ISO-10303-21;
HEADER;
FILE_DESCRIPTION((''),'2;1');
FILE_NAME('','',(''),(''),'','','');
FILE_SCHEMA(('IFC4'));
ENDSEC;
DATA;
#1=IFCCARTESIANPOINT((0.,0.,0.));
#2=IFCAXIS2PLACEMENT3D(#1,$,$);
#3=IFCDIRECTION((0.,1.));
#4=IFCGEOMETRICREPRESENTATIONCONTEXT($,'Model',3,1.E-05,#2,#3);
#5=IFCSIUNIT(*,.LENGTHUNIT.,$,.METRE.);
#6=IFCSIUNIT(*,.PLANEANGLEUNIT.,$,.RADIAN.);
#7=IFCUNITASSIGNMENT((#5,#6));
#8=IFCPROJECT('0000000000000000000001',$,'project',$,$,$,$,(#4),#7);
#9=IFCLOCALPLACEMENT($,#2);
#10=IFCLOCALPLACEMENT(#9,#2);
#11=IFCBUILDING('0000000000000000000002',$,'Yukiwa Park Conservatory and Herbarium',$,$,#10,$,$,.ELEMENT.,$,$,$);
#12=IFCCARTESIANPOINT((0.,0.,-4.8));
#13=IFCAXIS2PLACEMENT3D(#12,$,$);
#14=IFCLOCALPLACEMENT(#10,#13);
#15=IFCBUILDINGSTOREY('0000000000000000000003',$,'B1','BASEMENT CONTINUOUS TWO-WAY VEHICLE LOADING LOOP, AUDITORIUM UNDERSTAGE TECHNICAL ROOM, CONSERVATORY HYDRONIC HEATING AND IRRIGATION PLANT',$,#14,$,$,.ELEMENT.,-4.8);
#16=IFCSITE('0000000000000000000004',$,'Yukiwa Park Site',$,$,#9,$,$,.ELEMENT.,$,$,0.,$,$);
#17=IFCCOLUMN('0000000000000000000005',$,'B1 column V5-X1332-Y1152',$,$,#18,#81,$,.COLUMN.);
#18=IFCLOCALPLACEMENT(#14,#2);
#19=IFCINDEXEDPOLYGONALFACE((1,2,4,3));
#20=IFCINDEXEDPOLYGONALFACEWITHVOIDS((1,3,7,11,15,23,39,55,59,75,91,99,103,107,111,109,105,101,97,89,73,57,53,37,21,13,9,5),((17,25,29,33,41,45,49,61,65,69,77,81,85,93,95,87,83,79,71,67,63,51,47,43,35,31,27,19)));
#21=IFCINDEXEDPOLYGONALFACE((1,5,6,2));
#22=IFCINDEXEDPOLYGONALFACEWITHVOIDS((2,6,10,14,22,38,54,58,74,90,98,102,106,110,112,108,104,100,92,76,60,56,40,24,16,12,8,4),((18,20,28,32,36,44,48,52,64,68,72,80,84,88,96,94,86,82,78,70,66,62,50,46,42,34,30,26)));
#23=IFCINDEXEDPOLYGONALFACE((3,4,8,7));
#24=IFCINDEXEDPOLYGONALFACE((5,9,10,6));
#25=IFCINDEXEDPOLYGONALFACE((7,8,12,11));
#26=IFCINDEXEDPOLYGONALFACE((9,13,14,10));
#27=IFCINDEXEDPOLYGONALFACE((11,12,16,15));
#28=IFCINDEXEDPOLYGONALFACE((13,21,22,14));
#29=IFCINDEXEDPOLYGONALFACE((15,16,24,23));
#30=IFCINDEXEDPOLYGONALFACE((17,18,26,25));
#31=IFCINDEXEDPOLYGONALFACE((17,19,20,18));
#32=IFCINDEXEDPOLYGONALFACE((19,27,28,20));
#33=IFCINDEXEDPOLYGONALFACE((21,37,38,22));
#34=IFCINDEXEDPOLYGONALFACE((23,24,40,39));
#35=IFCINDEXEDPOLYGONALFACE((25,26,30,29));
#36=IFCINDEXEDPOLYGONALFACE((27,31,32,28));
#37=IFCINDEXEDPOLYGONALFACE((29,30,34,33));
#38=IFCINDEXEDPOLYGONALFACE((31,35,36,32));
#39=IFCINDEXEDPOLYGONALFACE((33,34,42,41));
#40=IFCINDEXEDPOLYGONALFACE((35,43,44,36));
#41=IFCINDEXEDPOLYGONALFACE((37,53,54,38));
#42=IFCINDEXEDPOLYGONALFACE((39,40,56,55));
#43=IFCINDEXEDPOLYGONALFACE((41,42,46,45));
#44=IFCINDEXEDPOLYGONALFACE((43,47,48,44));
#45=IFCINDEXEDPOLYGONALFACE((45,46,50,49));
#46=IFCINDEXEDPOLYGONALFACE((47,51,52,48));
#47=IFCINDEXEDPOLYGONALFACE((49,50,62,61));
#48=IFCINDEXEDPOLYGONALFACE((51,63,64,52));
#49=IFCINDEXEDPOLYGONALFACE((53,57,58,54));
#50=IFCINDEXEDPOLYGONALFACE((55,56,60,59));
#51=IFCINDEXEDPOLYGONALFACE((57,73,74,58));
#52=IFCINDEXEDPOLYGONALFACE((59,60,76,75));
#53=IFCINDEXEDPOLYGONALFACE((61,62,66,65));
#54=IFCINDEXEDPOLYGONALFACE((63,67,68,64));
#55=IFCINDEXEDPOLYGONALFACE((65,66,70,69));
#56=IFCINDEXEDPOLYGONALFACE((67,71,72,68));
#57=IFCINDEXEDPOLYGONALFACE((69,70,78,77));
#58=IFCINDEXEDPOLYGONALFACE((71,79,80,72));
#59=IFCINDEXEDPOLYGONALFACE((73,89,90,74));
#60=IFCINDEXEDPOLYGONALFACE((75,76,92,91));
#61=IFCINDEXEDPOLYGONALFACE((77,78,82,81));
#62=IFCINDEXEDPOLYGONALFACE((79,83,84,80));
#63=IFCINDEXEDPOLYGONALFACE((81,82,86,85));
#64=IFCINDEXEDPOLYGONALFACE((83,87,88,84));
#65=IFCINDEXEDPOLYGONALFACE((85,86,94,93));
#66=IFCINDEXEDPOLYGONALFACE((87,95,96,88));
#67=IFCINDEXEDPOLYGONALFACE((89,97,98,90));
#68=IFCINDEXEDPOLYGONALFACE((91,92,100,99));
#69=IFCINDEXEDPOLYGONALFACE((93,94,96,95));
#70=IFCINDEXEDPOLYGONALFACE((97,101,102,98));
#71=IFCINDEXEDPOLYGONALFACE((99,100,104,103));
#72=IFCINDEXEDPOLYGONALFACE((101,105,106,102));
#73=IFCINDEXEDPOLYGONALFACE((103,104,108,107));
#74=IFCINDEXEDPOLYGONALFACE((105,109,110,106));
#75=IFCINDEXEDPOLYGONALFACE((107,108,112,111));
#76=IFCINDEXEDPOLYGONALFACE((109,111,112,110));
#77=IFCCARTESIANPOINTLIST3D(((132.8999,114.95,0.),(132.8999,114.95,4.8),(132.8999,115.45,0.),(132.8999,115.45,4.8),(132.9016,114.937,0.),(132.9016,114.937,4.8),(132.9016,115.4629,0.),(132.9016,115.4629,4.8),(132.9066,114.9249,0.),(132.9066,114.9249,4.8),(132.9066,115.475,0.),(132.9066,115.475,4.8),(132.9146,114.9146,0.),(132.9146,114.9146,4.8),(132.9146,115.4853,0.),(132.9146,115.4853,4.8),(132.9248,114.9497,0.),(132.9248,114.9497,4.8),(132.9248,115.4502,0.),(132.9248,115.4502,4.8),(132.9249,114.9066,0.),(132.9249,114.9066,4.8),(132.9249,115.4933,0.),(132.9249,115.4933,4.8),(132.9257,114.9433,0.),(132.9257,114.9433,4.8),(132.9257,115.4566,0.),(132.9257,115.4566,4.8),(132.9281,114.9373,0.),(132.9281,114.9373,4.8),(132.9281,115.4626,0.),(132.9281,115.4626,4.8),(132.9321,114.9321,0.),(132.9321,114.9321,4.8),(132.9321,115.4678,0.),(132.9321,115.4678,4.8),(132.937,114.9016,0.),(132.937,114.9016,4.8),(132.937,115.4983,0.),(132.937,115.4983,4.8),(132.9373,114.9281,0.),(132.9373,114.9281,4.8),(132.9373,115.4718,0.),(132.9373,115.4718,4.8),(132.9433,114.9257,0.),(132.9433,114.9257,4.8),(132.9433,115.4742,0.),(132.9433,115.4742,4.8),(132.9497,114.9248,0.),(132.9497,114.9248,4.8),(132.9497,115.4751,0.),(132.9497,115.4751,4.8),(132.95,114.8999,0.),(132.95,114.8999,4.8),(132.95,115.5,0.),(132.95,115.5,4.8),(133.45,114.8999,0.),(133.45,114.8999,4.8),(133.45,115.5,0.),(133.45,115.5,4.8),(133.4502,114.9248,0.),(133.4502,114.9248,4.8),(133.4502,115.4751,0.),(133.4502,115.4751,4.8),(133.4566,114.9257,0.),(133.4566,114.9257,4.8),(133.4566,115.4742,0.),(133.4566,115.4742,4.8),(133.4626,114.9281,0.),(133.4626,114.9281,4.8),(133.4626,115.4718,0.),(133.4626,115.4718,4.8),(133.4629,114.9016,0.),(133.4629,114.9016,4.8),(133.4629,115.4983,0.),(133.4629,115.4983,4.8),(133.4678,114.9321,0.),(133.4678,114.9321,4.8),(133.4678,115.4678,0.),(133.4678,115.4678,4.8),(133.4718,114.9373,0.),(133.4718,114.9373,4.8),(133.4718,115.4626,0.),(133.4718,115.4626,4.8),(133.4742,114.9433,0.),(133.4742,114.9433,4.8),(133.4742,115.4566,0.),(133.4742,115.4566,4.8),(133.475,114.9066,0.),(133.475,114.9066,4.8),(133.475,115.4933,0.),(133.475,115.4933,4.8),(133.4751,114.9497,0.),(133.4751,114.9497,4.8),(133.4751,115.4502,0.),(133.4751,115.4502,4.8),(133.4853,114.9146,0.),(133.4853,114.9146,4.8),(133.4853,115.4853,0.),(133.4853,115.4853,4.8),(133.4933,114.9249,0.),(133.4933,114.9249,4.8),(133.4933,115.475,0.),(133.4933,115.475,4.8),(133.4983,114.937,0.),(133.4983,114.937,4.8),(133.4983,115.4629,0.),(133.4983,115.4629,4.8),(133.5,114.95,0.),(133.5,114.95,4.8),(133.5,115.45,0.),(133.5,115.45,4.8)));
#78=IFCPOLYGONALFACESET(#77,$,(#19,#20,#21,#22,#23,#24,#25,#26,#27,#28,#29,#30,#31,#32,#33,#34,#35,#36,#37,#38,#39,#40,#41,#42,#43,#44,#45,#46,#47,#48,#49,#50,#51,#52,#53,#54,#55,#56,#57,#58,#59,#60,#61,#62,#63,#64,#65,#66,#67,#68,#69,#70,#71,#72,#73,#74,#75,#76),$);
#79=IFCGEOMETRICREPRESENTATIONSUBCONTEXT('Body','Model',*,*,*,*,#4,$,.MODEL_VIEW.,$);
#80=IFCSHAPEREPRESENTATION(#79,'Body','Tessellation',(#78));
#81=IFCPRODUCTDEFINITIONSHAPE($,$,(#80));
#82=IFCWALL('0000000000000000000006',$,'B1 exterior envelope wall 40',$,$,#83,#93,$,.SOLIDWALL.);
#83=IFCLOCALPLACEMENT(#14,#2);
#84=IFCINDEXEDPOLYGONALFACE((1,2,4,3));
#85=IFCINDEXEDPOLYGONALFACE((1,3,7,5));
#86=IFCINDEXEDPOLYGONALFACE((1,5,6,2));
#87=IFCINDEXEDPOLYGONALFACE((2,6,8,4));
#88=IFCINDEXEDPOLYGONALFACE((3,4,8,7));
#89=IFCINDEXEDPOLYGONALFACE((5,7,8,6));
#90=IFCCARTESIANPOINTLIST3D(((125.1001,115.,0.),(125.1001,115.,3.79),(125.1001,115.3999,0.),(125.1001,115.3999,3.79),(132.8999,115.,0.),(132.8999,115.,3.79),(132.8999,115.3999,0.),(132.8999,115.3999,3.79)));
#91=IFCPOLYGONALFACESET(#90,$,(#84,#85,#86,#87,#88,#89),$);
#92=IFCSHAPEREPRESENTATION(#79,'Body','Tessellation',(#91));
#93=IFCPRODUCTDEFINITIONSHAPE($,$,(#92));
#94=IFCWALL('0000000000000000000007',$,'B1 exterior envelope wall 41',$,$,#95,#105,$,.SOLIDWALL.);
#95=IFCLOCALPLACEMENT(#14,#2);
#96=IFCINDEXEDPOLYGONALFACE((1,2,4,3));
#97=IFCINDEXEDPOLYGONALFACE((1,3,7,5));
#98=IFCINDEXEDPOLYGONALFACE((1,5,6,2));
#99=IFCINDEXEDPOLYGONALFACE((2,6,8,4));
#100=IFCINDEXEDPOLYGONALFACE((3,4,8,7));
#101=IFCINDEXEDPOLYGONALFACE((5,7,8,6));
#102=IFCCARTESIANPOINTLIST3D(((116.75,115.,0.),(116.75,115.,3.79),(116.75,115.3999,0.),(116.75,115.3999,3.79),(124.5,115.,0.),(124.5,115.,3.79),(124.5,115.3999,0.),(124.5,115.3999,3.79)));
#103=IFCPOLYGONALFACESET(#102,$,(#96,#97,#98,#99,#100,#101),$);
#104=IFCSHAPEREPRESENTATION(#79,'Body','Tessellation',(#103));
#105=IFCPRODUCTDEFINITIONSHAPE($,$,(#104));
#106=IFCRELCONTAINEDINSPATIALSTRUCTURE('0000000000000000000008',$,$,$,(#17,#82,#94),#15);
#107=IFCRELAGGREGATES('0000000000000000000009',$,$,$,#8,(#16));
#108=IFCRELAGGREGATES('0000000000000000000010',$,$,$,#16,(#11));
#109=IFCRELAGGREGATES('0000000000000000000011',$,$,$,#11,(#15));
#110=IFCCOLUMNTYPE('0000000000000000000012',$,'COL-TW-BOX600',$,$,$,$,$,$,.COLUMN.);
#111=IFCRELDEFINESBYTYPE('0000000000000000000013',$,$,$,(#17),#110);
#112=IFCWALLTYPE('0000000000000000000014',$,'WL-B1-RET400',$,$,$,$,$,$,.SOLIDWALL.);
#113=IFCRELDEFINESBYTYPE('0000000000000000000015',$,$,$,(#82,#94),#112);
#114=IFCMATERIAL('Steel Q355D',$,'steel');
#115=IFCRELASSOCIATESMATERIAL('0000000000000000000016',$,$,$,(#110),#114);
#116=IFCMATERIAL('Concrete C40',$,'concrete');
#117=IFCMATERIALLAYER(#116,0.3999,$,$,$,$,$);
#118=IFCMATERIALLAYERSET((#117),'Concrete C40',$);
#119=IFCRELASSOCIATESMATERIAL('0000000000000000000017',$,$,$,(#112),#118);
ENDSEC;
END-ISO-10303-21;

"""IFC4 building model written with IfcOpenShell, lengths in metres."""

from ifc_helpers import new_model, si_unit, direction, frame, frame_2d, origin, origin_2d, place, context, subcontext, project, spatial, rectangle, hollow_rectangle, extrude, material, layer, layer_set, material_profile, profile_set, type_object, element, save


model = new_model("IFC4")

# Units and contexts
model_context = context("Model", 3, precision=1e-05, world=origin(), true_north=direction((0.0, 1.0)))
body_context = subcontext(model_context, "Body", "Model", "MODEL_VIEW")
ifc_project = project(units=[si_unit("LENGTHUNIT", "METRE"), si_unit("PLANEANGLEUNIT", "RADIAN")], contexts=[model_context])

# Site, building, storey
site_placement = place(None, origin())
site = spatial("IfcSite", under=ifc_project, at=site_placement, Name="Yukiwa Park Site", CompositionType="ELEMENT", RefElevation=0.0)
building_placement = place(site_placement, origin())
building = spatial("IfcBuilding", under=site, at=building_placement, Name="Yukiwa Park Conservatory and Herbarium", CompositionType="ELEMENT")
storey_placement = place(building_placement, frame((0.0, 0.0, -4.8)))
storey = spatial("IfcBuildingStorey", under=building, at=storey_placement, Name="B1", Description="BASEMENT CONTINUOUS TWO-WAY VEHICLE LOADING LOOP, AUDITORIUM UNDERSTAGE TECHNICAL ROOM, CONSERVATORY HYDRONIC HEATING AND IRRIGATION PLANT", CompositionType="ELEMENT", Elevation=-4.8)

# Column
ifc_material_1 = material(Name="Steel Q355D", Category="steel")
ifc_material_profile_1 = material_profile(ifc_material_1, hollow_rectangle(XDim=0.6001, YDim=0.6001, WallThickness=0.0249, InnerFilletRadius=0.0249, OuterFilletRadius=0.05, at=origin_2d()), Name="BOX 600x600x25")
ifc_profile_set_1 = profile_set([ifc_material_profile_1], Name="Steel Q355D")
column_type_1 = type_object("IfcColumnType", Name="COL-TW-BOX600", PredefinedType="COLUMN", material=ifc_profile_set_1)
for number, where, z_axis, x_axis, name in (
    (1, (133.2, 115.2, 0.0), (0.0, 0.0, 1.0), (1.0, 0.0, 0.0), "B1 column V5-X1332-Y1152"),
):
    element("IfcColumn", number, at=place(storey_placement, frame(where, z_axis=z_axis, x_axis=x_axis)), inside=storey, type_object=column_type_1, Name=name, PredefinedType="COLUMN", context=body_context, shape_type="SweptSolid", body=[
        extrude(hollow_rectangle(XDim=0.6001, YDim=0.6001, WallThickness=0.0249, InnerFilletRadius=0.0249, OuterFilletRadius=0.05, at=origin_2d()), origin(), (0.0, 0.0, 1.0), 4.8),
    ])

# Walls
ifc_material_2 = material(Name="Concrete C40", Category="concrete")
ifc_layer_1 = layer(ifc_material_2, 0.3999)
ifc_layer_set_1 = layer_set([ifc_layer_1], Name="Concrete C40")
wall_type_1 = type_object("IfcWallType", Name="WL-B1-RET400", PredefinedType="SOLIDWALL", material=ifc_layer_set_1)
wall_1_placement = place(storey_placement, frame((132.8999, 115.2, 0.0), z_axis=(0.0, 0.0, 1.0), x_axis=(-1.0, 0.0, 0.0)))
element("IfcWall", 2, at=wall_1_placement, inside=storey, type_object=wall_type_1, Name="B1 exterior envelope wall 40", PredefinedType="SOLIDWALL", context=body_context, shape_type="SweptSolid", body=[
    extrude(rectangle(XDim=7.7998, YDim=0.3999, at=frame_2d((3.8999, 0.0))), origin(), (0.0, 0.0, 1.0), 3.79),
])
wall_2_placement = place(storey_placement, frame((124.5, 115.2, 0.0), z_axis=(0.0, 0.0, 1.0), x_axis=(-1.0, 0.0, 0.0)))
element("IfcWall", 3, at=wall_2_placement, inside=storey, type_object=wall_type_1, Name="B1 exterior envelope wall 41", PredefinedType="SOLIDWALL", context=body_context, shape_type="SweptSolid", body=[
    extrude(rectangle(XDim=7.75, YDim=0.3999, at=frame_2d((3.875, 0.0))), origin(), (0.0, 0.0, 1.0), 3.79),
])

save(model, "model.ifc")
